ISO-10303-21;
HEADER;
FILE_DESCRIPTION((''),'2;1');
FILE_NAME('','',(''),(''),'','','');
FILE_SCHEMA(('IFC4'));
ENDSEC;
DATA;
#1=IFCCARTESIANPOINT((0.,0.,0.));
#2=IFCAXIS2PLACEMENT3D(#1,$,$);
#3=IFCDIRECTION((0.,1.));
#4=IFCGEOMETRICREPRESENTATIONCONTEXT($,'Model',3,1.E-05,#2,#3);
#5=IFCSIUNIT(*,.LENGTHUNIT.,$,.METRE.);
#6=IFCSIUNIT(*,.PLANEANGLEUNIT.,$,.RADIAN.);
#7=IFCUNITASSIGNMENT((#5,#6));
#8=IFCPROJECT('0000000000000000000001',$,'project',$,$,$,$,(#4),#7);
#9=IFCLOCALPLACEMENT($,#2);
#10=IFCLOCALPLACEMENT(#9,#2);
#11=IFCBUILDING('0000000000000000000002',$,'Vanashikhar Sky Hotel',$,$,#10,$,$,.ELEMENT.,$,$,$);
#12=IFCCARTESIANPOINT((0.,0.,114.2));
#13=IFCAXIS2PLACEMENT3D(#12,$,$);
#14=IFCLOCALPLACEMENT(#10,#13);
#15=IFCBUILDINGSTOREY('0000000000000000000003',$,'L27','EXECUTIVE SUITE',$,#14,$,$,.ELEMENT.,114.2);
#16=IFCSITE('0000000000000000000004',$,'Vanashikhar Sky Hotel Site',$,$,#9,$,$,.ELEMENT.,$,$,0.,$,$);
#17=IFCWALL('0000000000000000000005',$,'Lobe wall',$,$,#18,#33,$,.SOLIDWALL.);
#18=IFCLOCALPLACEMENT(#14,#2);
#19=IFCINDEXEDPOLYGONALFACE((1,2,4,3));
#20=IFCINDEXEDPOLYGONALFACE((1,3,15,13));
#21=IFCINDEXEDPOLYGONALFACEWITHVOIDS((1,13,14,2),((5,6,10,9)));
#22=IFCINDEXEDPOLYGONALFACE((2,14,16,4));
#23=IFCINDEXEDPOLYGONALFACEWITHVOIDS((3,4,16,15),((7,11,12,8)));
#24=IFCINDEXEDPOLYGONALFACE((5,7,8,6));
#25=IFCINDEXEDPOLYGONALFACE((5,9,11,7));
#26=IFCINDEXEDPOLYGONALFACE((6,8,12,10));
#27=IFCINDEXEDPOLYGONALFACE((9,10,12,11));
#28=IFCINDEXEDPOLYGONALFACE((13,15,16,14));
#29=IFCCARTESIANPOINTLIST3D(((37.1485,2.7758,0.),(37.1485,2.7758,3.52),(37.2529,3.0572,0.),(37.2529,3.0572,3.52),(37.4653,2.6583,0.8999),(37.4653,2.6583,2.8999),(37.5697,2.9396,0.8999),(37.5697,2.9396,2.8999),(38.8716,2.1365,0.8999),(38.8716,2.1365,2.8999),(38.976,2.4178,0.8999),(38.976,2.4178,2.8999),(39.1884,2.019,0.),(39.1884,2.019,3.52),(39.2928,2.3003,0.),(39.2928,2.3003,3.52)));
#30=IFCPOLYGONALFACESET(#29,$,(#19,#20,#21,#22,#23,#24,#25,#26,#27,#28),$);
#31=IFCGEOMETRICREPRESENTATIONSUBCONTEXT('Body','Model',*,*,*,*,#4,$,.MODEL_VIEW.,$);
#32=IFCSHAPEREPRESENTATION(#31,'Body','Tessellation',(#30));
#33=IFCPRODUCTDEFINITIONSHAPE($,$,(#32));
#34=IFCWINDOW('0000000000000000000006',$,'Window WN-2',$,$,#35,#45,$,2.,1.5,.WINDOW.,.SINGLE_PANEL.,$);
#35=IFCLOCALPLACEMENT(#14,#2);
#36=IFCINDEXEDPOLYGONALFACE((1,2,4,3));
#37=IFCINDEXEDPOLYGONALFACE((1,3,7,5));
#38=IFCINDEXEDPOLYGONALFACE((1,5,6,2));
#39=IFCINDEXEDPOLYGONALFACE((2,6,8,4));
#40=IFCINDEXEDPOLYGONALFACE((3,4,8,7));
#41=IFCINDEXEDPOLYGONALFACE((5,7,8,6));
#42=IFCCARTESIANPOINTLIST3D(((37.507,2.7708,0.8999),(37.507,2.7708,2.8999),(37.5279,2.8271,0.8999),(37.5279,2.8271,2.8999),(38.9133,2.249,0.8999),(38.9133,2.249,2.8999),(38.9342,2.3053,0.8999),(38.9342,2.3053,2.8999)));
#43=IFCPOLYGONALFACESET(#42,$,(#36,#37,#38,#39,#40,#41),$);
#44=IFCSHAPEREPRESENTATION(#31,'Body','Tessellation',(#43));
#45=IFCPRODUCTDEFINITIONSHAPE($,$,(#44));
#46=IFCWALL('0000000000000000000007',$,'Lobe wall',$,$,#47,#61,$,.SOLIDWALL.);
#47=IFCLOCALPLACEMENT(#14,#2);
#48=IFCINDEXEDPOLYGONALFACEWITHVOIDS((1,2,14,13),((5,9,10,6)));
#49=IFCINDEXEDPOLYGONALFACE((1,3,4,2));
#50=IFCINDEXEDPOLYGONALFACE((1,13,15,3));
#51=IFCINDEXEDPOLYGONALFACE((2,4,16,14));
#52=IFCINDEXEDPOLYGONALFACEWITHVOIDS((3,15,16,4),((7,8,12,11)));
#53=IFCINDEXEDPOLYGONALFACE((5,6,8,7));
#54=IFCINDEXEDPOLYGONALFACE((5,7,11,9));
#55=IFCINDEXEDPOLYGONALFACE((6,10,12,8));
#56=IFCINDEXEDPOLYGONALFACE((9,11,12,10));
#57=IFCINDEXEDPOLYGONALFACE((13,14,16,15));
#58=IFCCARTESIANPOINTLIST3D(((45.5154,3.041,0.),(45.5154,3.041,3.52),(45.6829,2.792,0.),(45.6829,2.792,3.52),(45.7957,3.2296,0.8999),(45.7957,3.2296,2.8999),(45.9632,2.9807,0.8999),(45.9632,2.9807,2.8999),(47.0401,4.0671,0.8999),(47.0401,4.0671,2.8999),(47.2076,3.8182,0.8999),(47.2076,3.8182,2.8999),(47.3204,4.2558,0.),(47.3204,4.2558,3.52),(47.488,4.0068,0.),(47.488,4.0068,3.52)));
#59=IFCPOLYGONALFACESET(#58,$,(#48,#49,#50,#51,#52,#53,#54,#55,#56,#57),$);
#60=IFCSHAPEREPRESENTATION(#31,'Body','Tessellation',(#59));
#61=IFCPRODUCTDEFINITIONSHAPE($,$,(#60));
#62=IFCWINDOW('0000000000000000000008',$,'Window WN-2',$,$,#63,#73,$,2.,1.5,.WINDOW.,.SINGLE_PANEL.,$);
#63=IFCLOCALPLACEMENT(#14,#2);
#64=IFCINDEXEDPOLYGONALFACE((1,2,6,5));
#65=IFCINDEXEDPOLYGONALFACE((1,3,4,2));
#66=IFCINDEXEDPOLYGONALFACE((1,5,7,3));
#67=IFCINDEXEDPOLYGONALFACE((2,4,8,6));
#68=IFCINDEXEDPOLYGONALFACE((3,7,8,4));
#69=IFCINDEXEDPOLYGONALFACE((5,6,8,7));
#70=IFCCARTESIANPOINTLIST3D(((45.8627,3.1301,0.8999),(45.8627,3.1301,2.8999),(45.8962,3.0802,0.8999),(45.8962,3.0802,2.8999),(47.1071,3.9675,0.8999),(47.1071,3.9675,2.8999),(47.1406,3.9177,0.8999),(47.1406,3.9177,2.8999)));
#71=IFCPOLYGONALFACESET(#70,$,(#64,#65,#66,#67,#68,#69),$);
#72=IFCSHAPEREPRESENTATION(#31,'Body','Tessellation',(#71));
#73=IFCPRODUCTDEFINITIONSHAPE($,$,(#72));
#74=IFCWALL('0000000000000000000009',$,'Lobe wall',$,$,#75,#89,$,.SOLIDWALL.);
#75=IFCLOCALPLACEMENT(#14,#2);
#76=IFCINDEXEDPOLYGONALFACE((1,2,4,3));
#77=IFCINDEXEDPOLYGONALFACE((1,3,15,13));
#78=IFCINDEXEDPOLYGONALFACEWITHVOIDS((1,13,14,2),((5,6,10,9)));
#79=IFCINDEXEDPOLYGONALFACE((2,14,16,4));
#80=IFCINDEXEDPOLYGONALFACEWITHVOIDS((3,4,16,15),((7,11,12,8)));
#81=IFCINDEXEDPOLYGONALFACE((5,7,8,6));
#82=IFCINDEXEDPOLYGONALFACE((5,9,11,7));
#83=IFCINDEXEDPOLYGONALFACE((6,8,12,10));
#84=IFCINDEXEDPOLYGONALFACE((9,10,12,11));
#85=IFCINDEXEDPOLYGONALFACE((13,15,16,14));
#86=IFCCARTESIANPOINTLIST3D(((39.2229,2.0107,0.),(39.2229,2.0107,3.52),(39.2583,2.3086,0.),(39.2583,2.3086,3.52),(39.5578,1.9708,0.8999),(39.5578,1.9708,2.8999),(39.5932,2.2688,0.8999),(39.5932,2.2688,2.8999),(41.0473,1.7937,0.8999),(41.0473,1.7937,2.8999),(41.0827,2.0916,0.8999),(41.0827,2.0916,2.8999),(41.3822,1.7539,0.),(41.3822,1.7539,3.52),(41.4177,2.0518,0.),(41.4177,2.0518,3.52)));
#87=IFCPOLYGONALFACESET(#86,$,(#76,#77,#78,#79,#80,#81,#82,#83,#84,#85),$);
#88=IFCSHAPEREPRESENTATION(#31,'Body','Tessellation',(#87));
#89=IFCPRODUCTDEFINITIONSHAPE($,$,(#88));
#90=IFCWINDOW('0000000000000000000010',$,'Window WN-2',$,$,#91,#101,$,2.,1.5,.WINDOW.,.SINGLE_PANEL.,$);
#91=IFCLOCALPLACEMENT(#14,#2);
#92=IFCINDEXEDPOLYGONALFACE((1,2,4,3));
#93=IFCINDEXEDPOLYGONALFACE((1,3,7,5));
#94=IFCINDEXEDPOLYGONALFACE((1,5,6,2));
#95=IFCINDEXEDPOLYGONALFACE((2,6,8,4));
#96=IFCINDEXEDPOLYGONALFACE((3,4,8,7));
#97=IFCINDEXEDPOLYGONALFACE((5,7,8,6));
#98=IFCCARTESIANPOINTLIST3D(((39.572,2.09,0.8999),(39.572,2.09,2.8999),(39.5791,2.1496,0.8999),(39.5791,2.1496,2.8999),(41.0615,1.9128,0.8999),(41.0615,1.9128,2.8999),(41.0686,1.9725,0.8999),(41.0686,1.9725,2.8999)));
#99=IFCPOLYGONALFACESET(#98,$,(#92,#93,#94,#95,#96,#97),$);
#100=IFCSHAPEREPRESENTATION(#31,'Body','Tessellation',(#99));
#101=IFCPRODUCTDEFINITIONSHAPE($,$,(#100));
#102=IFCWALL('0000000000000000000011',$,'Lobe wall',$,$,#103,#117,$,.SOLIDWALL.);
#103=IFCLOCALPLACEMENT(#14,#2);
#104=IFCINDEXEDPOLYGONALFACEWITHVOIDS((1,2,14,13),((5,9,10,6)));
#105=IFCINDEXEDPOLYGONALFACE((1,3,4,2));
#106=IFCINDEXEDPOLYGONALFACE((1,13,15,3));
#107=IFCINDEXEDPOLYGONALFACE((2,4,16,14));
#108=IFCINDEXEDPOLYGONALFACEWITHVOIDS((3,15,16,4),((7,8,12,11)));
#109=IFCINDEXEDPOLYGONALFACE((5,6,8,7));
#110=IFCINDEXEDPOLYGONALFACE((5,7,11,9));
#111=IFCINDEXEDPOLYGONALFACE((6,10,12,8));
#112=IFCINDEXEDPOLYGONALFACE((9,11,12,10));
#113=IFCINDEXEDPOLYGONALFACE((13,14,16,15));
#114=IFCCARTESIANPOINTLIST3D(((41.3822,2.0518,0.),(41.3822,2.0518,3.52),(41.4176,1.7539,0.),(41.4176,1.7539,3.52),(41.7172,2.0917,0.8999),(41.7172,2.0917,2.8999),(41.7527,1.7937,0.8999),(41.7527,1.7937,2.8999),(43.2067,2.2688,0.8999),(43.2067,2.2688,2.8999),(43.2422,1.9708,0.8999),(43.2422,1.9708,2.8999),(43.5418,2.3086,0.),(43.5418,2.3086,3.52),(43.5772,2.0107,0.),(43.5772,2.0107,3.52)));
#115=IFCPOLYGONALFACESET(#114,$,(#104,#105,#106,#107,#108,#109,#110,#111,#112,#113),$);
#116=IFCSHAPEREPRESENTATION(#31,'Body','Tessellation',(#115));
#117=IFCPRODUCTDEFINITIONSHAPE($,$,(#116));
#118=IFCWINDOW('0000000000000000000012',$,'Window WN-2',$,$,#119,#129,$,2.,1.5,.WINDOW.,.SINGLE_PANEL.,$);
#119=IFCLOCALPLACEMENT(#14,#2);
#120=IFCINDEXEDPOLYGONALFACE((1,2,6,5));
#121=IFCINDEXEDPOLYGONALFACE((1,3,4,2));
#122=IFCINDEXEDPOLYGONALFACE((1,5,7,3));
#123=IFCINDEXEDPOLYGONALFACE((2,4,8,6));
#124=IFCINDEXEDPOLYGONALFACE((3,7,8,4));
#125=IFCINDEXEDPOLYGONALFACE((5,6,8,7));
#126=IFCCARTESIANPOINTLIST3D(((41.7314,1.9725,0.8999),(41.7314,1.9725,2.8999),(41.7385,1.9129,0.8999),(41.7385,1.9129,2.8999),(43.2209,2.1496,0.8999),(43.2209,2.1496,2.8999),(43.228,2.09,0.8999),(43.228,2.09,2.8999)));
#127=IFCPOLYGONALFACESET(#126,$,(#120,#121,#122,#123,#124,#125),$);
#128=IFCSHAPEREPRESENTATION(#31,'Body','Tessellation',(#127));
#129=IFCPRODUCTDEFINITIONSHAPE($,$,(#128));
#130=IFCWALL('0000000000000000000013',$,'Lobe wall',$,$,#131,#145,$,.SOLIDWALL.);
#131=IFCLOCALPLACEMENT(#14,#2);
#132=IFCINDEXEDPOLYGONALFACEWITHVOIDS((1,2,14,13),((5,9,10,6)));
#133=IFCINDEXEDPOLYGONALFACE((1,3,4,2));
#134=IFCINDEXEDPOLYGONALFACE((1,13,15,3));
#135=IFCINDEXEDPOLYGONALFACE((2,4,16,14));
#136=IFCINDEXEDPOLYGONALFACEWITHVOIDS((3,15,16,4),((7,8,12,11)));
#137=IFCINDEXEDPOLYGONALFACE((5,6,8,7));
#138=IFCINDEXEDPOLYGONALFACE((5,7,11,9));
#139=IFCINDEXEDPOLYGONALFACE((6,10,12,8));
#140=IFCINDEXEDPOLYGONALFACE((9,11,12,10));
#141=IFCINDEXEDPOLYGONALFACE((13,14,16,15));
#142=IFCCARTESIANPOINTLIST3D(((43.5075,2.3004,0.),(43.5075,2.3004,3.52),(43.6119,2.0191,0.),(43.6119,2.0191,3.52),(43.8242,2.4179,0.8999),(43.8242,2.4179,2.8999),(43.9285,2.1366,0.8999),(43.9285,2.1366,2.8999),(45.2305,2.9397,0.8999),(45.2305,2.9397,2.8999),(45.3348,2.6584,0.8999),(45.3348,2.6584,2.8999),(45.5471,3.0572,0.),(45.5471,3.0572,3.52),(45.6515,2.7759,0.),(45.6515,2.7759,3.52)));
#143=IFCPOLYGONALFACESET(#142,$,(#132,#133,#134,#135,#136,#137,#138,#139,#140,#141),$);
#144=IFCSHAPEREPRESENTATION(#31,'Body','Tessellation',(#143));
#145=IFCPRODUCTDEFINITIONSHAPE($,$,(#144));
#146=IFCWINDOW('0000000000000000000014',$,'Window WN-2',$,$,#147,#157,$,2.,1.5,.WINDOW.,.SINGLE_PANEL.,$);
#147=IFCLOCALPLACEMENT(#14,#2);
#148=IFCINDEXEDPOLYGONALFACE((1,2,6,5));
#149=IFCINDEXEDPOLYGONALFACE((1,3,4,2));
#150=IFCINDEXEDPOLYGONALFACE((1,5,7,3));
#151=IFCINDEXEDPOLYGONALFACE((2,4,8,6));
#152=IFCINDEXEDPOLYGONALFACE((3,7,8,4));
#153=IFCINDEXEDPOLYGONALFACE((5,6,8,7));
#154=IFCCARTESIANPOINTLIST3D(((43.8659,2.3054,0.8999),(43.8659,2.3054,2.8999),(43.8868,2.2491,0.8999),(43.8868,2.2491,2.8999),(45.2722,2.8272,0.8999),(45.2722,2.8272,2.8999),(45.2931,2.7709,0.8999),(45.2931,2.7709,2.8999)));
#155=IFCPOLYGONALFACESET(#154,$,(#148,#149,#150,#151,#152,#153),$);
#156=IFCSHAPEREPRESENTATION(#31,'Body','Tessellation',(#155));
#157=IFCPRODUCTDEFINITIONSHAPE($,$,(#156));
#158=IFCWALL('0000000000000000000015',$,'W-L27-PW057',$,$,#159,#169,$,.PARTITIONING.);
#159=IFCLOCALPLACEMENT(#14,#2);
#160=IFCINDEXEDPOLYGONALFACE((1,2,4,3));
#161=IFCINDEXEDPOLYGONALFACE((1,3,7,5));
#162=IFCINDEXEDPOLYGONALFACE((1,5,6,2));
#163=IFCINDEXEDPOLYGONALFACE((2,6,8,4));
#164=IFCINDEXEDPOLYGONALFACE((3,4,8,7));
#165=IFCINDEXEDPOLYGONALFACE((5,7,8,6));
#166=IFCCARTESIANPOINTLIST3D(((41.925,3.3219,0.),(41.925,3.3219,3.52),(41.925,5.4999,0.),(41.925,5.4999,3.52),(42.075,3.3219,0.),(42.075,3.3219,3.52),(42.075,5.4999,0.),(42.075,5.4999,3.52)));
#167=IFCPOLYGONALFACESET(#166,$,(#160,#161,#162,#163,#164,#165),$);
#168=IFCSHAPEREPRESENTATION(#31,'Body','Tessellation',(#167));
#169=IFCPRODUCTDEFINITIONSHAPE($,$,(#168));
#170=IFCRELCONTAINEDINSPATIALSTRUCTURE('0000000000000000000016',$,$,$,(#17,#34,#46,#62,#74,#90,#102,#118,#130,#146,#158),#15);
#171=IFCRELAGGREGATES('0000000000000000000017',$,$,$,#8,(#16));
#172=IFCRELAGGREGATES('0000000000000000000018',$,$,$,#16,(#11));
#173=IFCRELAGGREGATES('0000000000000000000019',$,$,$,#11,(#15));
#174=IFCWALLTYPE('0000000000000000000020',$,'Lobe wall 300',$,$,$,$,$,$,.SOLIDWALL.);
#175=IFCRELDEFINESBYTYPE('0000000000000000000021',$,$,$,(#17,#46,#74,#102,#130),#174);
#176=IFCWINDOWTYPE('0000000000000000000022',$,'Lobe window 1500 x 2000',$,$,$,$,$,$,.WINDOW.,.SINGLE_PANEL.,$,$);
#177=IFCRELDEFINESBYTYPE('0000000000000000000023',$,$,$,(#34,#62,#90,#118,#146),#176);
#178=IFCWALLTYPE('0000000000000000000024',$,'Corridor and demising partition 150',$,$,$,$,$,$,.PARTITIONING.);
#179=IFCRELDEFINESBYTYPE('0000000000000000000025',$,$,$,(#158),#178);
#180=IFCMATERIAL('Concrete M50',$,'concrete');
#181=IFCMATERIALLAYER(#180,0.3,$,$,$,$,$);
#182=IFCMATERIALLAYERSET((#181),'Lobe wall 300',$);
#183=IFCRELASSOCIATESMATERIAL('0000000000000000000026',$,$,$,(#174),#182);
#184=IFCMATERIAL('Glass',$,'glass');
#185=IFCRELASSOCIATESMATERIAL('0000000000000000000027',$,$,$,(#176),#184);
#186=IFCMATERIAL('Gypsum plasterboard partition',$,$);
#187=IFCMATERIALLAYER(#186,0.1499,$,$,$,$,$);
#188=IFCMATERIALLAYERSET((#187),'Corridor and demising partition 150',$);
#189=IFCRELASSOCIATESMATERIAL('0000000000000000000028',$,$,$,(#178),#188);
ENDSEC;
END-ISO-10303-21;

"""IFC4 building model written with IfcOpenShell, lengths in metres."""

from ifc_helpers import new_model, si_unit, direction, frame, frame_2d, origin, place, context, subcontext, project, spatial, rectangle, extrude, source, transform, mapped, material, layer, layer_set, type_object, element, fill, save


model = new_model("IFC4")

# Units and contexts
model_context = context("Model", 3, precision=1e-05, world=origin(), true_north=direction((0.0, 1.0)))
body_context = subcontext(model_context, "Body", "Model", "MODEL_VIEW")
ifc_project = project(units=[si_unit("LENGTHUNIT", "METRE"), si_unit("PLANEANGLEUNIT", "RADIAN")], contexts=[model_context])

# Site, building, storey
site_placement = place(None, origin())
site = spatial("IfcSite", under=ifc_project, at=site_placement, Name="Vanashikhar Sky Hotel Site", CompositionType="ELEMENT", RefElevation=0.0)
building_placement = place(site_placement, origin())
building = spatial("IfcBuilding", under=site, at=building_placement, Name="Vanashikhar Sky Hotel", CompositionType="ELEMENT")
storey_placement = place(building_placement, frame((0.0, 0.0, 114.2)))
storey = spatial("IfcBuildingStorey", under=building, at=storey_placement, Name="L27", Description="EXECUTIVE SUITE", CompositionType="ELEMENT", Elevation=114.2)

# Walls, openings, windows
ifc_material_1 = material(Name="Concrete M50", Category="concrete")
ifc_layer_1 = layer(ifc_material_1, 0.3)
ifc_layer_set_1 = layer_set([ifc_layer_1], Name="Lobe wall 300")
wall_type_1 = type_object("IfcWallType", Name="Lobe wall 300", PredefinedType="SOLIDWALL", material=ifc_layer_set_1)
shared_shape_1 = source(origin(), body_context, "Body", "SweptSolid", [
    extrude(rectangle(XDim=2.1758, YDim=0.3, at=frame_2d((1.0879, 0.0))), origin(), (0.0, 0.0, 1.0), 3.52),
])
wall_1_placement = place(storey_placement, frame((37.2007, 2.9165, 0.0), z_axis=(0.0, 0.0, 1.0), x_axis=(0.937546, -0.347863, 0.0)))
wall_1 = element("IfcWall", 1, at=wall_1_placement, inside=storey, type_object=wall_type_1, Name="Lobe wall", PredefinedType="SOLIDWALL", context=body_context, shape_type="MappedRepresentation", body=[
    mapped(shared_shape_1, transform((0.0, 0.0, 0.0), scale=1.0)),
])
shared_shape_2 = source(origin(), body_context, "Body", "SweptSolid", [
    extrude(rectangle(XDim=1.5, YDim=2.0, at=frame_2d((0.75, 1.0))), frame((0.0, 0.1602, 0.0), z_axis=(0.0, -1.0, 0.0), x_axis=(1.0, 0.0, 0.0)), (0.0, 0.0, 1.0), 0.3201),
])
opening_1_placement = place(wall_1_placement, frame((0.3379, 0.0, 0.8999)))
opening_1 = element("IfcOpeningElement", 2, at=opening_1_placement, cuts=wall_1, PredefinedType="OPENING", context=body_context, shape_type="MappedRepresentation", body=[
    mapped(shared_shape_2, transform((0.0, 0.0, 0.0), scale=1.0)),
])
ifc_material_2 = material(Name="Glass", Category="glass")
window_type = type_object("IfcWindowType", Name="Lobe window 1500 x 2000", PartitioningType="SINGLE_PANEL", PredefinedType="WINDOW", material=ifc_material_2)
shared_shape_3 = source(origin(), body_context, "Body", "SweptSolid", [
    extrude(rectangle(XDim=1.5, YDim=2.0, at=frame_2d((0.75, 1.0))), frame((0.0, 0.03, 0.0), z_axis=(0.0, -1.0, 0.0), x_axis=(1.0, 0.0, 0.0)), (0.0, 0.0, 1.0), 0.0601),
])
window_1_placement = place(opening_1_placement, origin())
window_1 = element("IfcWindow", 3, at=window_1_placement, inside=storey, type_object=window_type, Name="Window WN-2", OverallHeight=2.0, OverallWidth=1.5, PartitioningType="SINGLE_PANEL", PredefinedType="WINDOW", context=body_context, shape_type="MappedRepresentation", body=[
    mapped(shared_shape_3, transform((0.0, 0.0, 0.0), scale=1.0)),
])
fill(opening_1, window_1)
wall_2_placement = place(storey_placement, frame((45.5991, 2.9165, 0.0), z_axis=(0.0, 0.0, 1.0), x_axis=(0.829626, 0.55832, 0.0)))
wall_2 = element("IfcWall", 4, at=wall_2_placement, inside=storey, type_object=wall_type_1, Name="Lobe wall", PredefinedType="SOLIDWALL", context=body_context, shape_type="MappedRepresentation", body=[
    mapped(shared_shape_1, transform((0.0, 0.0, 0.0), scale=1.0)),
])
opening_2_placement = place(wall_2_placement, frame((0.3379, 0.0, 0.8999)))
opening_2 = element("IfcOpeningElement", 5, at=opening_2_placement, cuts=wall_2, PredefinedType="OPENING", context=body_context, shape_type="MappedRepresentation", body=[
    mapped(shared_shape_2, transform((0.0, 0.0, 0.0), scale=1.0)),
])
window_2_placement = place(opening_2_placement, origin())
window_2 = element("IfcWindow", 6, at=window_2_placement, inside=storey, type_object=window_type, Name="Window WN-2", OverallHeight=2.0, OverallWidth=1.5, PartitioningType="SINGLE_PANEL", PredefinedType="WINDOW", context=body_context, shape_type="MappedRepresentation", body=[
    mapped(shared_shape_3, transform((0.0, 0.0, 0.0), scale=1.0)),
])
fill(opening_2, window_2)
shared_shape_4 = source(origin(), body_context, "Body", "SweptSolid", [
    extrude(rectangle(XDim=2.1746, YDim=0.3, at=frame_2d((1.0874, 0.0))), origin(), (0.0, 0.0, 1.0), 3.52),
])
wall_3_placement = place(storey_placement, frame((39.2405, 2.1597, 0.0), z_axis=(0.0, 0.0, 1.0), x_axis=(0.993001, -0.118105, 0.0)))
wall_3 = element("IfcWall", 7, at=wall_3_placement, inside=storey, type_object=wall_type_1, Name="Lobe wall", PredefinedType="SOLIDWALL", context=body_context, shape_type="MappedRepresentation", body=[
    mapped(shared_shape_4, transform((0.0, 0.0, 0.0), scale=1.0)),
])
opening_3_placement = place(wall_3_placement, frame((0.3374, 0.0, 0.8999)))
opening_3 = element("IfcOpeningElement", 8, at=opening_3_placement, cuts=wall_3, PredefinedType="OPENING", context=body_context, shape_type="MappedRepresentation", body=[
    mapped(shared_shape_2, transform((0.0, 0.0, 0.0), scale=1.0)),
])
window_3_placement = place(opening_3_placement, origin())
window_3 = element("IfcWindow", 9, at=window_3_placement, inside=storey, type_object=window_type, Name="Window WN-2", OverallHeight=2.0, OverallWidth=1.5, PartitioningType="SINGLE_PANEL", PredefinedType="WINDOW", context=body_context, shape_type="MappedRepresentation", body=[
    mapped(shared_shape_3, transform((0.0, 0.0, 0.0), scale=1.0)),
])
fill(opening_3, window_3)
shared_shape_5 = source(origin(), body_context, "Body", "SweptSolid", [
    extrude(rectangle(XDim=2.1748, YDim=0.3, at=frame_2d((1.0874, 0.0))), origin(), (0.0, 0.0, 1.0), 3.52),
])
wall_4_placement = place(storey_placement, frame((41.3999, 1.9028, 0.0), z_axis=(0.0, 0.0, 1.0), x_axis=(0.993003, 0.118092, 0.0)))
wall_4 = element("IfcWall", 10, at=wall_4_placement, inside=storey, type_object=wall_type_1, Name="Lobe wall", PredefinedType="SOLIDWALL", context=body_context, shape_type="MappedRepresentation", body=[
    mapped(shared_shape_5, transform((0.0, 0.0, 0.0), scale=1.0)),
])
opening_4_placement = place(wall_4_placement, frame((0.3374, 0.0, 0.8999)))
opening_4 = element("IfcOpeningElement", 11, at=opening_4_placement, cuts=wall_4, PredefinedType="OPENING", context=body_context, shape_type="MappedRepresentation", body=[
    mapped(shared_shape_2, transform((0.0, 0.0, 0.0), scale=1.0)),
])
window_4_placement = place(opening_4_placement, origin())
window_4 = element("IfcWindow", 12, at=window_4_placement, inside=storey, type_object=window_type, Name="Window WN-2", OverallHeight=2.0, OverallWidth=1.5, PartitioningType="SINGLE_PANEL", PredefinedType="WINDOW", context=body_context, shape_type="MappedRepresentation", body=[
    mapped(shared_shape_3, transform((0.0, 0.0, 0.0), scale=1.0)),
])
fill(opening_4, window_4)
shared_shape_6 = source(origin(), body_context, "Body", "SweptSolid", [
    extrude(rectangle(XDim=2.1755, YDim=0.3, at=frame_2d((1.0879, 0.0))), origin(), (0.0, 0.0, 1.0), 3.52),
])
wall_5_placement = place(storey_placement, frame((43.5596, 2.1597, 0.0), z_axis=(0.0, 0.0, 1.0), x_axis=(0.937532, 0.347899, 0.0)))
wall_5 = element("IfcWall", 13, at=wall_5_placement, inside=storey, type_object=wall_type_1, Name="Lobe wall", PredefinedType="SOLIDWALL", context=body_context, shape_type="MappedRepresentation", body=[
    mapped(shared_shape_6, transform((0.0, 0.0, 0.0), scale=1.0)),
])
opening_5_placement = place(wall_5_placement, frame((0.3379, 0.0, 0.8999)))
opening_5 = element("IfcOpeningElement", 14, at=opening_5_placement, cuts=wall_5, PredefinedType="OPENING", context=body_context, shape_type="MappedRepresentation", body=[
    mapped(shared_shape_2, transform((0.0, 0.0, 0.0), scale=1.0)),
])
window_5_placement = place(opening_5_placement, origin())
window_5 = element("IfcWindow", 15, at=window_5_placement, inside=storey, type_object=window_type, Name="Window WN-2", OverallHeight=2.0, OverallWidth=1.5, PartitioningType="SINGLE_PANEL", PredefinedType="WINDOW", context=body_context, shape_type="MappedRepresentation", body=[
    mapped(shared_shape_3, transform((0.0, 0.0, 0.0), scale=1.0)),
])
fill(opening_5, window_5)

# Wall
ifc_material_3 = material(Name="Gypsum plasterboard partition")
ifc_layer_2 = layer(ifc_material_3, 0.1499)
ifc_layer_set_2 = layer_set([ifc_layer_2], Name="Corridor and demising partition 150")
wall_type_2 = type_object("IfcWallType", Name="Corridor and demising partition 150", PredefinedType="PARTITIONING", material=ifc_layer_set_2)
shared_shape_7 = source(origin(), body_context, "Body", "SweptSolid", [
    extrude(rectangle(XDim=2.178, YDim=0.1499, at=frame_2d((1.0889, 0.0))), origin(), (0.0, 0.0, 1.0), 3.52),
])
wall_6_placement = place(storey_placement, frame((42.0, 3.322, 0.0), z_axis=(0.0, 0.0, 1.0), x_axis=(0.0, 1.0, 0.0)))
element("IfcWall", 16, at=wall_6_placement, inside=storey, type_object=wall_type_2, Name="W-L27-PW057", PredefinedType="PARTITIONING", context=body_context, shape_type="MappedRepresentation", body=[
    mapped(shared_shape_7, transform((0.0, 0.0, 0.0), scale=1.0)),
])

save(model, "model.ifc")
